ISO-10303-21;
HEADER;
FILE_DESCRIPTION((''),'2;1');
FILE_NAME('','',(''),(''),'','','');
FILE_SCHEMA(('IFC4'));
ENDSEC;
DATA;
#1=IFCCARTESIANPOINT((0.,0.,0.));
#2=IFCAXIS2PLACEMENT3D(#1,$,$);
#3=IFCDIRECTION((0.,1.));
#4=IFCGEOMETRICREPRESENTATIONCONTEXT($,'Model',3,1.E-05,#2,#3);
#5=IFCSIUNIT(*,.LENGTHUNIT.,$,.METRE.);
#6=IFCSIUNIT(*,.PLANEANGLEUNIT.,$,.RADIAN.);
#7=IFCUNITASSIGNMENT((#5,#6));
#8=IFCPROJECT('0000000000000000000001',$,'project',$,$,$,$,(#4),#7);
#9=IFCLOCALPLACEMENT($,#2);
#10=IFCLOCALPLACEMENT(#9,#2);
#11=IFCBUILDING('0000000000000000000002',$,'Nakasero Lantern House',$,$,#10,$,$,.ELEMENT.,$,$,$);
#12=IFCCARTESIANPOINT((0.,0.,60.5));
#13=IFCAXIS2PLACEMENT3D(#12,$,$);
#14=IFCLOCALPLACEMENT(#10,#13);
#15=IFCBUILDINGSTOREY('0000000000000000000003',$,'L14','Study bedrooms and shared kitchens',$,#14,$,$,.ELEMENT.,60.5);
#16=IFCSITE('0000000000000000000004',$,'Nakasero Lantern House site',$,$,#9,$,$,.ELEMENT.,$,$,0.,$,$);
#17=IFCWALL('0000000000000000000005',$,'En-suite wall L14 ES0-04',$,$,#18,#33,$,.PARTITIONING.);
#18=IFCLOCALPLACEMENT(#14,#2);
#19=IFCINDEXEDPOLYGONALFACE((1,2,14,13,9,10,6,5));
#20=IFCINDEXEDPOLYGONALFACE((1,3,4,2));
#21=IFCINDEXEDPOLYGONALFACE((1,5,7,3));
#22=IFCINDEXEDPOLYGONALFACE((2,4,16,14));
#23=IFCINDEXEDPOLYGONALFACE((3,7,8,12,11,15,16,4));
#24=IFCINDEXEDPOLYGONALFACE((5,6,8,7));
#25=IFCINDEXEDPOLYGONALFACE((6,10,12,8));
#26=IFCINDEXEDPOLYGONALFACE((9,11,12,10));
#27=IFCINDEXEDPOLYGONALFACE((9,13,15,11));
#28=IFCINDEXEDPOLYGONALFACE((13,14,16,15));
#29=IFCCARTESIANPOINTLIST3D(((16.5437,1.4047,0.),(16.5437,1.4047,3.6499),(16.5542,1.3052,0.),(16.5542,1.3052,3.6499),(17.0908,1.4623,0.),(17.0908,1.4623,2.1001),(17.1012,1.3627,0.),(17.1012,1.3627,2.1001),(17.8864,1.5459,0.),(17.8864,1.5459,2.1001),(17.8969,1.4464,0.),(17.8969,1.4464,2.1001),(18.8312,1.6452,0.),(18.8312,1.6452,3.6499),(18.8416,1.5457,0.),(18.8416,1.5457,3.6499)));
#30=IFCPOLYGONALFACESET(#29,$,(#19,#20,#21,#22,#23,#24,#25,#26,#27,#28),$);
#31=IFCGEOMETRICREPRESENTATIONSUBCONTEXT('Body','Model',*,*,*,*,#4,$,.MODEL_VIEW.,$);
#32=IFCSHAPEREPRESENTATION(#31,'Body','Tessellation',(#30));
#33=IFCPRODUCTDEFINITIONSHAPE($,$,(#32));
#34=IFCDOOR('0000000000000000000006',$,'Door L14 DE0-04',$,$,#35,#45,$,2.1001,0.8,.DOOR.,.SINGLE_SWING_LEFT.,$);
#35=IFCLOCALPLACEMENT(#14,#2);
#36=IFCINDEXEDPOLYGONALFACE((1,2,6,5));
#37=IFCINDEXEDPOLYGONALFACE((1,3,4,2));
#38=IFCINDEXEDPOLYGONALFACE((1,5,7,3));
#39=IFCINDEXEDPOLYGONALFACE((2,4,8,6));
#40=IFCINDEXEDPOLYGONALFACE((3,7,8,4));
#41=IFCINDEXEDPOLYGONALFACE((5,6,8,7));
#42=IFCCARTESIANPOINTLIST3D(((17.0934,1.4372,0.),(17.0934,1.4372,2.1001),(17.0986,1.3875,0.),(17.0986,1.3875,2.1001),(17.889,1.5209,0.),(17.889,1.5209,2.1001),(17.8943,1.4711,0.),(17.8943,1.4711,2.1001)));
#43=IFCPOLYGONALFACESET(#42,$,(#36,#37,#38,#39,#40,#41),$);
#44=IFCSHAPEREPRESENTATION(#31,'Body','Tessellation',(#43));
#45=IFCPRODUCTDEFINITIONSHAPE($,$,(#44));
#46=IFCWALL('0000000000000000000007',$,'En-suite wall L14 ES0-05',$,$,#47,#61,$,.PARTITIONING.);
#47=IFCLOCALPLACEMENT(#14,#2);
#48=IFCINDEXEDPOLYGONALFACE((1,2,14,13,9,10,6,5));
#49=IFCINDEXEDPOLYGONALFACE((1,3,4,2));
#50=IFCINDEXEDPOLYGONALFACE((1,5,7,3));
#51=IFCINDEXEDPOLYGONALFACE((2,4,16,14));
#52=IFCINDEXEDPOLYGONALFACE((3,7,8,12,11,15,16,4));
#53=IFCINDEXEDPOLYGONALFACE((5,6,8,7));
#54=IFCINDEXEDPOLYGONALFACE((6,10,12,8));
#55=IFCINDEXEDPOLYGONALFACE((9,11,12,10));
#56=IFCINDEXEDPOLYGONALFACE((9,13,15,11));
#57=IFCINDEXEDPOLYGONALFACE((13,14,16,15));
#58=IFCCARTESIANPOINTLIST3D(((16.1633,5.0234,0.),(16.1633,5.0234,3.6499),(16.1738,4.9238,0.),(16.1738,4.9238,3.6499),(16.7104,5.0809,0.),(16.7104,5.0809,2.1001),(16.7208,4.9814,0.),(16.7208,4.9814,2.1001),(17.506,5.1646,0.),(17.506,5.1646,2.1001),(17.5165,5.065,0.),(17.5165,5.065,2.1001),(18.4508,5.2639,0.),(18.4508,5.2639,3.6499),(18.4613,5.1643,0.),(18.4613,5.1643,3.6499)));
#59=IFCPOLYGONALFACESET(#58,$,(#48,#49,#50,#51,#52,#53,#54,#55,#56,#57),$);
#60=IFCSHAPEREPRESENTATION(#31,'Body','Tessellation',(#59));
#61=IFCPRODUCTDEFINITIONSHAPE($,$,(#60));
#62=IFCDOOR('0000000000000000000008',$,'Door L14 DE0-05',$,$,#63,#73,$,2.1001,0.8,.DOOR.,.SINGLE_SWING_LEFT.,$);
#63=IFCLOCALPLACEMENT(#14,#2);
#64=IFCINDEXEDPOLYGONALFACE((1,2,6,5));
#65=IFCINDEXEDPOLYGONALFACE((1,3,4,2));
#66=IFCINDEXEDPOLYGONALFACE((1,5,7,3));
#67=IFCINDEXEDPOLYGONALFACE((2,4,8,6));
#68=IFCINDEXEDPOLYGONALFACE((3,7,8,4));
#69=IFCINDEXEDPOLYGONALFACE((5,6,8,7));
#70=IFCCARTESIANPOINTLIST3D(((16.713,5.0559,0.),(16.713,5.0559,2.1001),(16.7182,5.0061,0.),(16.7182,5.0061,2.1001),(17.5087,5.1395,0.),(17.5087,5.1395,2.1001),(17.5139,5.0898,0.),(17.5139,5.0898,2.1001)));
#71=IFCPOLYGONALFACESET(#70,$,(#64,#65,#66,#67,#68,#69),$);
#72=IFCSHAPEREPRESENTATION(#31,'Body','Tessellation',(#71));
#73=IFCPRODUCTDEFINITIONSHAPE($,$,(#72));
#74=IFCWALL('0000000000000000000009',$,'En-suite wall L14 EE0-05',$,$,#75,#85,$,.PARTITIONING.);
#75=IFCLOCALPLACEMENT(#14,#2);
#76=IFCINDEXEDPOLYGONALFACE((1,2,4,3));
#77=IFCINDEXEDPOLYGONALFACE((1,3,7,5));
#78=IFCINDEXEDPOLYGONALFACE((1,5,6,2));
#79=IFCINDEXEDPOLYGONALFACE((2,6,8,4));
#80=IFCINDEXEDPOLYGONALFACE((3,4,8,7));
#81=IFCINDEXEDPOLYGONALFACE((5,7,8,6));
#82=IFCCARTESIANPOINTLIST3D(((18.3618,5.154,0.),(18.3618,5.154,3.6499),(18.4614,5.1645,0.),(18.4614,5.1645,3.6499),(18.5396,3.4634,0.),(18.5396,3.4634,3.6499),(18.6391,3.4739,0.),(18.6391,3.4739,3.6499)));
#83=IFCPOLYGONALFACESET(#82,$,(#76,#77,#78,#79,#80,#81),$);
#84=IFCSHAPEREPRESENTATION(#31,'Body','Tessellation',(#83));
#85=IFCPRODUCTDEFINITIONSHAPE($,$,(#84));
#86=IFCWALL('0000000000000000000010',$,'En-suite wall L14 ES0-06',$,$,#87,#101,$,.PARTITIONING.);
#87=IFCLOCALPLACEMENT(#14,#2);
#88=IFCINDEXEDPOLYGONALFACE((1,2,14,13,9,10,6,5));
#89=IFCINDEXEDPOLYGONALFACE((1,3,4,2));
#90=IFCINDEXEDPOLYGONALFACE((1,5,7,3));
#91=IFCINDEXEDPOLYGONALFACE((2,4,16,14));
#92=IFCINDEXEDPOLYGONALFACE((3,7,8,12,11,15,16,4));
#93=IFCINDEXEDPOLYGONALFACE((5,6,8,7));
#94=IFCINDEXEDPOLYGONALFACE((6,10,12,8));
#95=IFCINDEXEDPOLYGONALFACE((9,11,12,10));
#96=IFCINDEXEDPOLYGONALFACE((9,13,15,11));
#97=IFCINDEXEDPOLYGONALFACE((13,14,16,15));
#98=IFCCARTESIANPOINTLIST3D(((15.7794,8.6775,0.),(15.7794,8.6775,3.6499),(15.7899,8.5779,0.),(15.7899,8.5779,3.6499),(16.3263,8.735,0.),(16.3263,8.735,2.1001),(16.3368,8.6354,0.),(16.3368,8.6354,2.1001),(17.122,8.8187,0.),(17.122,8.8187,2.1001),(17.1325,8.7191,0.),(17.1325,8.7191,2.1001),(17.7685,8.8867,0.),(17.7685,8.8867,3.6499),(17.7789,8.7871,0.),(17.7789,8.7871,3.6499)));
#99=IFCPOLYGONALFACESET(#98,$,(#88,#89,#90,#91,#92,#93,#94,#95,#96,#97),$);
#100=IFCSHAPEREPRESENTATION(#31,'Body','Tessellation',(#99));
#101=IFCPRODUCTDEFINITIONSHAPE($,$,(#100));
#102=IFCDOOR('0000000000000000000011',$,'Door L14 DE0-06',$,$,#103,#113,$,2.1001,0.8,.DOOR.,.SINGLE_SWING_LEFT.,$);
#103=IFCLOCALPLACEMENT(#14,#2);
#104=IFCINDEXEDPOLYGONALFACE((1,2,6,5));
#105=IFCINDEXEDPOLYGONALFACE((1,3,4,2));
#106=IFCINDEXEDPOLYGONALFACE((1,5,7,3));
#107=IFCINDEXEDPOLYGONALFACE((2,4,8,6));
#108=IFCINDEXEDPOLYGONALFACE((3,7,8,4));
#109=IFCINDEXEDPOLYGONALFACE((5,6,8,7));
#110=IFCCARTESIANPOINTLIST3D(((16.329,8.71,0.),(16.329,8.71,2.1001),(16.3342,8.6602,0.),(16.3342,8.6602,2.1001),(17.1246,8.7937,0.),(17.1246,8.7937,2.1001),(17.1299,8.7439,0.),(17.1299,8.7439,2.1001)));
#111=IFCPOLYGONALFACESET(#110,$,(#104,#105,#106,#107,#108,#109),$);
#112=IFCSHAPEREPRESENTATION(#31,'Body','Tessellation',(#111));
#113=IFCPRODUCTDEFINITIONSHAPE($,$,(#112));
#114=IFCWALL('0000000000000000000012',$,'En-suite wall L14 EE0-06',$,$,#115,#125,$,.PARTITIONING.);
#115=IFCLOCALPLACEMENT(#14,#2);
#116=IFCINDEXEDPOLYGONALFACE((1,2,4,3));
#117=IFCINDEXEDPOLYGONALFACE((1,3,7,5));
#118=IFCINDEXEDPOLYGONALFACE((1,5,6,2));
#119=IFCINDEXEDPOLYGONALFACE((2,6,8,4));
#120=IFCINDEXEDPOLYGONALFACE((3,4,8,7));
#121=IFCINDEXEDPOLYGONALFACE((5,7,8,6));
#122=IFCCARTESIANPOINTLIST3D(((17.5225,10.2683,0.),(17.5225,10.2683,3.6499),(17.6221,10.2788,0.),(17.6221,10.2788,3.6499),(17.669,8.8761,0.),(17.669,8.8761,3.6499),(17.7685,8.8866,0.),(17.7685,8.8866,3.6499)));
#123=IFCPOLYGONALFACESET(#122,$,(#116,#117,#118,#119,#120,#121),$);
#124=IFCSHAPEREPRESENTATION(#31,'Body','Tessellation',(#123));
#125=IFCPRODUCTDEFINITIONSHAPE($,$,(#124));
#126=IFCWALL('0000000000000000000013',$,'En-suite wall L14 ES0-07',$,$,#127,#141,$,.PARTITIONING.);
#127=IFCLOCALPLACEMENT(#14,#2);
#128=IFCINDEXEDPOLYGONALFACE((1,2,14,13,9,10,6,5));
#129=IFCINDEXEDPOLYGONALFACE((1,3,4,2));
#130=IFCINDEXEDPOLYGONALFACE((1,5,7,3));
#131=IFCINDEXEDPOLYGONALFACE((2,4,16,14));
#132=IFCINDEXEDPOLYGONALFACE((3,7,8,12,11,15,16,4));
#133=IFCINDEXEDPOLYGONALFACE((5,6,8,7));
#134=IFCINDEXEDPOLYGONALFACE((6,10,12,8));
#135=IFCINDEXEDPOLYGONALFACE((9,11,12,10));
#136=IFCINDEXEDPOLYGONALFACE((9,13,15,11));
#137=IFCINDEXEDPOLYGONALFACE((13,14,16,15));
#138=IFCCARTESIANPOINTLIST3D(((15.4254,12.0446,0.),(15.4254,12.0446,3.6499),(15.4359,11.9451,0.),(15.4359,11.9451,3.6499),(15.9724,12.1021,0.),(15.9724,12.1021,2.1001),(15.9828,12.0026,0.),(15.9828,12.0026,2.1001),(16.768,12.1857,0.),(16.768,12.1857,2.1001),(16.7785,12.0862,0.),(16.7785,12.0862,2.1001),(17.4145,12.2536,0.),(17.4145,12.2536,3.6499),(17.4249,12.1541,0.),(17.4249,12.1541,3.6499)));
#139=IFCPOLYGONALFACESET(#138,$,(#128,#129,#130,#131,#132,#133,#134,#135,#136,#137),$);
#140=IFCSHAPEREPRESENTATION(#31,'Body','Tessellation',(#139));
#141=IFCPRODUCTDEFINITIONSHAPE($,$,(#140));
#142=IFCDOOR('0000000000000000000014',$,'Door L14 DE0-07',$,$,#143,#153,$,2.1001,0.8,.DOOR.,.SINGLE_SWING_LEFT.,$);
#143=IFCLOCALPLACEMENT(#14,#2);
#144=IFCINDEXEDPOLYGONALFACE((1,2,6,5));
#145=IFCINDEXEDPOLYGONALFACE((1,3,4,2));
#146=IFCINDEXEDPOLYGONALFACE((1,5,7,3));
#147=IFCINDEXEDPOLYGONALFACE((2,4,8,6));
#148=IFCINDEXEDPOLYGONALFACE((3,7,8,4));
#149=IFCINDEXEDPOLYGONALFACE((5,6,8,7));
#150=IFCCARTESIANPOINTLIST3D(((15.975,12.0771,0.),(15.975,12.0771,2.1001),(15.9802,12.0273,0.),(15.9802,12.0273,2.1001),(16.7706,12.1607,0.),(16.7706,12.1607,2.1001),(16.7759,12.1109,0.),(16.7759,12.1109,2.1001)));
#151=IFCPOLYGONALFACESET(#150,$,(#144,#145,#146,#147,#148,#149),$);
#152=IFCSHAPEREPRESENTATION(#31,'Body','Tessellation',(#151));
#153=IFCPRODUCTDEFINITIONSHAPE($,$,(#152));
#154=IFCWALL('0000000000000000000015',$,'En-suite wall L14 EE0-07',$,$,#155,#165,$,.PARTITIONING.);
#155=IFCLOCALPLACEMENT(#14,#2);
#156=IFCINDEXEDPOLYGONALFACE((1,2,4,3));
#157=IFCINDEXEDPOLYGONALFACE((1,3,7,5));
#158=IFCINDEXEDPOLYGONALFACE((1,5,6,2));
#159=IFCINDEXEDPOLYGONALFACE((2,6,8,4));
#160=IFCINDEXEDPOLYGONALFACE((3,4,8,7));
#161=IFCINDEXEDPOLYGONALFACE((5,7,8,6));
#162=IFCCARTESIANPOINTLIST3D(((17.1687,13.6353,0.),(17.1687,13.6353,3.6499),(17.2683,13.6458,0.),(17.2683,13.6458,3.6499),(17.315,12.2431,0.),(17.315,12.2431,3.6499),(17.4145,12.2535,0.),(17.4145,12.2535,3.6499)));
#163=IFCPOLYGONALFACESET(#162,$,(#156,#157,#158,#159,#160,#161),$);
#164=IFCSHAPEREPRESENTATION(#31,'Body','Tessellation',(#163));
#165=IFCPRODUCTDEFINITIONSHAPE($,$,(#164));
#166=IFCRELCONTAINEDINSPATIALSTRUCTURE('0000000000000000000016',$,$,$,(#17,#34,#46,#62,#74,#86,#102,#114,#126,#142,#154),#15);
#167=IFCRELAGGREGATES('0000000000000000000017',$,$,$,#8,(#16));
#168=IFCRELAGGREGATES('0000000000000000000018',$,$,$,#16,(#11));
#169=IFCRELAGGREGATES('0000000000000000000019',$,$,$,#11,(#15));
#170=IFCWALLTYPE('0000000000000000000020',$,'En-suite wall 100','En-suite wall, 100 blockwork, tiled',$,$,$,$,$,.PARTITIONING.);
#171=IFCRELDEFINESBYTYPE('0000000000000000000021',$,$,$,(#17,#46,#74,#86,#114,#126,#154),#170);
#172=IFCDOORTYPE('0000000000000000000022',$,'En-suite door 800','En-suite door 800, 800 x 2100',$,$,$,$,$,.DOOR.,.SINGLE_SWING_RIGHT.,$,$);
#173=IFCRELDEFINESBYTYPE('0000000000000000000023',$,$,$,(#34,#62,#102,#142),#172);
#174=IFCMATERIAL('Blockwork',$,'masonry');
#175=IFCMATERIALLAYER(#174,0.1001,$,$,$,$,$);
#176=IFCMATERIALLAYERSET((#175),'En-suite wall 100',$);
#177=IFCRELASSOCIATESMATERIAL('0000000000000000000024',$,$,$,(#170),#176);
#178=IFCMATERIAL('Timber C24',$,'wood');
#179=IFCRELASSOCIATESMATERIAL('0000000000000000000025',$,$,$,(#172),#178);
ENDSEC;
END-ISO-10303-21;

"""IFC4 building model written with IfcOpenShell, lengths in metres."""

from ifc_helpers import new_model, si_unit, direction, frame, frame_2d, origin, place, context, subcontext, project, spatial, rectangle, extrude, material, layer, layer_set, type_object, element, fill, save


model = new_model("IFC4")

# Units and contexts
model_context = context("Model", 3, precision=1e-05, world=origin(), true_north=direction((0.0, 1.0)))
body_context = subcontext(model_context, "Body", "Model", "MODEL_VIEW")
ifc_project = project(units=[si_unit("LENGTHUNIT", "METRE"), si_unit("PLANEANGLEUNIT", "RADIAN")], contexts=[model_context])

# Site, building, storey
site_placement = place(None, origin())
site = spatial("IfcSite", under=ifc_project, at=site_placement, Name="Nakasero Lantern House site", CompositionType="ELEMENT", RefElevation=0.0)
building_placement = place(site_placement, origin())
building = spatial("IfcBuilding", under=site, at=building_placement, Name="Nakasero Lantern House", CompositionType="ELEMENT")
storey_placement = place(building_placement, frame((0.0, 0.0, 60.5)))
storey = spatial("IfcBuildingStorey", under=building, at=storey_placement, Name="L14", Description="Study bedrooms and shared kitchens", CompositionType="ELEMENT", Elevation=60.5)

# Walls, openings, doors
ifc_material_1 = material(Name="Blockwork", Category="masonry")
ifc_layer_1 = layer(ifc_material_1, 0.1001)
ifc_layer_set_1 = layer_set([ifc_layer_1], Name="En-suite wall 100")
wall_type_1 = type_object("IfcWallType", Name="En-suite wall 100", Description="En-suite wall, 100 blockwork, tiled", PredefinedType="PARTITIONING", material=ifc_layer_set_1)
wall_1_placement = place(storey_placement, frame((16.5491, 1.355, 0.0), z_axis=(0.0, 0.0, 1.0), x_axis=(0.994519, 0.104558, 0.0)))
wall_1 = element("IfcWall", 1, at=wall_1_placement, inside=storey, type_object=wall_type_1, Name="En-suite wall L14 ES0-04", PredefinedType="PARTITIONING", context=body_context, shape_type="SweptSolid", body=[
    extrude(rectangle(XDim=2.3, YDim=0.1001, at=frame_2d((1.1499, 0.0))), origin(), (0.0, 0.0, 1.0), 3.6499),
])
opening_1_placement = place(wall_1_placement, frame((0.55, 0.0, 0.0)))
opening_1 = element("IfcOpeningElement", 2, at=opening_1_placement, cuts=wall_1, PredefinedType="OPENING", context=body_context, shape_type="SweptSolid", body=[
    extrude(rectangle(XDim=0.8, YDim=2.1001, at=frame_2d((0.3999, 1.05))), frame((0.0, 0.0701, 0.0), z_axis=(0.0, -1.0, 0.0), x_axis=(1.0, 0.0, 0.0)), (0.0, 0.0, 1.0), 0.1401),
])
ifc_material_2 = material(Name="Timber C24", Category="wood")
door_type_1 = type_object("IfcDoorType", Name="En-suite door 800", Description="En-suite door 800, 800 x 2100", OperationType="SINGLE_SWING_RIGHT", PredefinedType="DOOR", material=ifc_material_2)
door_1_placement = place(opening_1_placement, origin())
door_1 = element("IfcDoor", 3, at=door_1_placement, inside=storey, type_object=door_type_1, Name="Door L14 DE0-04", OperationType="SINGLE_SWING_LEFT", OverallHeight=2.1001, OverallWidth=0.8, PredefinedType="DOOR", context=body_context, shape_type="SweptSolid", body=[
    extrude(rectangle(XDim=0.8, YDim=2.1001, at=frame_2d((0.3999, 1.05))), frame((0.0, 0.0249, 0.0), z_axis=(0.0, -1.0, 0.0), x_axis=(1.0, 0.0, 0.0)), (0.0, 0.0, 1.0), 0.05),
])
fill(opening_1, door_1)
wall_2_placement = place(storey_placement, frame((16.1687, 4.9736, 0.0), z_axis=(0.0, 0.0, 1.0), x_axis=(0.994519, 0.104558, 0.0)))
wall_2 = element("IfcWall", 4, at=wall_2_placement, inside=storey, type_object=wall_type_1, Name="En-suite wall L14 ES0-05", PredefinedType="PARTITIONING", context=body_context, shape_type="SweptSolid", body=[
    extrude(rectangle(XDim=2.3, YDim=0.1001, at=frame_2d((1.1499, 0.0))), origin(), (0.0, 0.0, 1.0), 3.6499),
])
opening_2_placement = place(wall_2_placement, frame((0.55, 0.0, 0.0)))
opening_2 = element("IfcOpeningElement", 5, at=opening_2_placement, cuts=wall_2, PredefinedType="OPENING", context=body_context, shape_type="SweptSolid", body=[
    extrude(rectangle(XDim=0.8, YDim=2.1001, at=frame_2d((0.3999, 1.05))), frame((0.0, 0.0701, 0.0), z_axis=(0.0, -1.0, 0.0), x_axis=(1.0, 0.0, 0.0)), (0.0, 0.0, 1.0), 0.1401),
])
door_2_placement = place(opening_2_placement, origin())
door_2 = element("IfcDoor", 6, at=door_2_placement, inside=storey, type_object=door_type_1, Name="Door L14 DE0-05", OperationType="SINGLE_SWING_LEFT", OverallHeight=2.1001, OverallWidth=0.8, PredefinedType="DOOR", context=body_context, shape_type="SweptSolid", body=[
    extrude(rectangle(XDim=0.8, YDim=2.1001, at=frame_2d((0.3999, 1.05))), frame((0.0, 0.0249, 0.0), z_axis=(0.0, -1.0, 0.0), x_axis=(1.0, 0.0, 0.0)), (0.0, 0.0, 1.0), 0.05),
])
fill(opening_2, door_2)

# Wall
wall_3_placement = place(storey_placement, frame((18.5894, 3.4685, 0.0), z_axis=(0.0, 0.0, 1.0), x_axis=(-0.10455, 0.99452, 0.0)))
element("IfcWall", 7, at=wall_3_placement, inside=storey, type_object=wall_type_1, Name="En-suite wall L14 EE0-05", PredefinedType="PARTITIONING", context=body_context, shape_type="SweptSolid", body=[
    extrude(rectangle(XDim=1.7, YDim=0.1001, at=frame_2d((0.8501, 0.0))), origin(), (0.0, 0.0, 1.0), 3.6499),
])

# Wall, opening, door
wall_4_placement = place(storey_placement, frame((15.7847, 8.6277, 0.0), z_axis=(0.0, 0.0, 1.0), x_axis=(0.994513, 0.104615, 0.0)))
wall_4 = element("IfcWall", 8, at=wall_4_placement, inside=storey, type_object=wall_type_1, Name="En-suite wall L14 ES0-06", PredefinedType="PARTITIONING", context=body_context, shape_type="SweptSolid", body=[
    extrude(rectangle(XDim=2.0, YDim=0.1001, at=frame_2d((1.0, 0.0))), origin(), (0.0, 0.0, 1.0), 3.6499),
])
opening_3_placement = place(wall_4_placement, frame((0.55, 0.0, 0.0)))
opening_3 = element("IfcOpeningElement", 9, at=opening_3_placement, cuts=wall_4, PredefinedType="OPENING", context=body_context, shape_type="SweptSolid", body=[
    extrude(rectangle(XDim=0.8, YDim=2.1001, at=frame_2d((0.3999, 1.05))), frame((0.0, 0.0701, 0.0), z_axis=(0.0, -1.0, 0.0), x_axis=(1.0, 0.0, 0.0)), (0.0, 0.0, 1.0), 0.1401),
])
door_3_placement = place(opening_3_placement, origin())
door_3 = element("IfcDoor", 10, at=door_3_placement, inside=storey, type_object=door_type_1, Name="Door L14 DE0-06", OperationType="SINGLE_SWING_LEFT", OverallHeight=2.1001, OverallWidth=0.8, PredefinedType="DOOR", context=body_context, shape_type="SweptSolid", body=[
    extrude(rectangle(XDim=0.8, YDim=2.1001, at=frame_2d((0.3999, 1.05))), frame((0.0, 0.0249, 0.0), z_axis=(0.0, -1.0, 0.0), x_axis=(1.0, 0.0, 0.0)), (0.0, 0.0, 1.0), 0.05),
])
fill(opening_3, door_3)

# Wall
wall_5_placement = place(storey_placement, frame((17.7188, 8.8813, 0.0), z_axis=(0.0, 0.0, 1.0), x_axis=(-0.10463, 0.994511, 0.0)))
element("IfcWall", 11, at=wall_5_placement, inside=storey, type_object=wall_type_1, Name="En-suite wall L14 EE0-06", PredefinedType="PARTITIONING", context=body_context, shape_type="SweptSolid", body=[
    extrude(rectangle(XDim=1.3999, YDim=0.1001, at=frame_2d((0.7, 0.0))), origin(), (0.0, 0.0, 1.0), 3.6499),
])

# Wall, opening, door
wall_6_placement = place(storey_placement, frame((15.4307, 11.9949, 0.0), z_axis=(0.0, 0.0, 1.0), x_axis=(0.994526, 0.104494, 0.0)))
wall_6 = element("IfcWall", 12, at=wall_6_placement, inside=storey, type_object=wall_type_1, Name="En-suite wall L14 ES0-07", PredefinedType="PARTITIONING", context=body_context, shape_type="SweptSolid", body=[
    extrude(rectangle(XDim=2.0, YDim=0.1001, at=frame_2d((1.0, 0.0))), origin(), (0.0, 0.0, 1.0), 3.6499),
])
opening_4_placement = place(wall_6_placement, frame((0.55, 0.0, 0.0)))
opening_4 = element("IfcOpeningElement", 13, at=opening_4_placement, cuts=wall_6, PredefinedType="OPENING", context=body_context, shape_type="SweptSolid", body=[
    extrude(rectangle(XDim=0.8, YDim=2.1001, at=frame_2d((0.3999, 1.05))), frame((0.0, 0.0701, 0.0), z_axis=(0.0, -1.0, 0.0), x_axis=(1.0, 0.0, 0.0)), (0.0, 0.0, 1.0), 0.1401),
])
door_4_placement = place(opening_4_placement, origin())
door_4 = element("IfcDoor", 14, at=door_4_placement, inside=storey, type_object=door_type_1, Name="Door L14 DE0-07", OperationType="SINGLE_SWING_LEFT", OverallHeight=2.1001, OverallWidth=0.8, PredefinedType="DOOR", context=body_context, shape_type="SweptSolid", body=[
    extrude(rectangle(XDim=0.8, YDim=2.1001, at=frame_2d((0.3999, 1.05))), frame((0.0, 0.0249, 0.0), z_axis=(0.0, -1.0, 0.0), x_axis=(1.0, 0.0, 0.0)), (0.0, 0.0, 1.0), 0.05),
])
fill(opening_4, door_4)

# Wall
wall_7_placement = place(storey_placement, frame((17.3647, 12.2483, 0.0), z_axis=(0.0, 0.0, 1.0), x_axis=(-0.104458, 0.994529, 0.0)))
element("IfcWall", 15, at=wall_7_placement, inside=storey, type_object=wall_type_1, Name="En-suite wall L14 EE0-07", PredefinedType="PARTITIONING", context=body_context, shape_type="SweptSolid", body=[
    extrude(rectangle(XDim=1.3999, YDim=0.1001, at=frame_2d((0.7, 0.0))), origin(), (0.0, 0.0, 1.0), 3.6499),
])

save(model, "model.ifc")
